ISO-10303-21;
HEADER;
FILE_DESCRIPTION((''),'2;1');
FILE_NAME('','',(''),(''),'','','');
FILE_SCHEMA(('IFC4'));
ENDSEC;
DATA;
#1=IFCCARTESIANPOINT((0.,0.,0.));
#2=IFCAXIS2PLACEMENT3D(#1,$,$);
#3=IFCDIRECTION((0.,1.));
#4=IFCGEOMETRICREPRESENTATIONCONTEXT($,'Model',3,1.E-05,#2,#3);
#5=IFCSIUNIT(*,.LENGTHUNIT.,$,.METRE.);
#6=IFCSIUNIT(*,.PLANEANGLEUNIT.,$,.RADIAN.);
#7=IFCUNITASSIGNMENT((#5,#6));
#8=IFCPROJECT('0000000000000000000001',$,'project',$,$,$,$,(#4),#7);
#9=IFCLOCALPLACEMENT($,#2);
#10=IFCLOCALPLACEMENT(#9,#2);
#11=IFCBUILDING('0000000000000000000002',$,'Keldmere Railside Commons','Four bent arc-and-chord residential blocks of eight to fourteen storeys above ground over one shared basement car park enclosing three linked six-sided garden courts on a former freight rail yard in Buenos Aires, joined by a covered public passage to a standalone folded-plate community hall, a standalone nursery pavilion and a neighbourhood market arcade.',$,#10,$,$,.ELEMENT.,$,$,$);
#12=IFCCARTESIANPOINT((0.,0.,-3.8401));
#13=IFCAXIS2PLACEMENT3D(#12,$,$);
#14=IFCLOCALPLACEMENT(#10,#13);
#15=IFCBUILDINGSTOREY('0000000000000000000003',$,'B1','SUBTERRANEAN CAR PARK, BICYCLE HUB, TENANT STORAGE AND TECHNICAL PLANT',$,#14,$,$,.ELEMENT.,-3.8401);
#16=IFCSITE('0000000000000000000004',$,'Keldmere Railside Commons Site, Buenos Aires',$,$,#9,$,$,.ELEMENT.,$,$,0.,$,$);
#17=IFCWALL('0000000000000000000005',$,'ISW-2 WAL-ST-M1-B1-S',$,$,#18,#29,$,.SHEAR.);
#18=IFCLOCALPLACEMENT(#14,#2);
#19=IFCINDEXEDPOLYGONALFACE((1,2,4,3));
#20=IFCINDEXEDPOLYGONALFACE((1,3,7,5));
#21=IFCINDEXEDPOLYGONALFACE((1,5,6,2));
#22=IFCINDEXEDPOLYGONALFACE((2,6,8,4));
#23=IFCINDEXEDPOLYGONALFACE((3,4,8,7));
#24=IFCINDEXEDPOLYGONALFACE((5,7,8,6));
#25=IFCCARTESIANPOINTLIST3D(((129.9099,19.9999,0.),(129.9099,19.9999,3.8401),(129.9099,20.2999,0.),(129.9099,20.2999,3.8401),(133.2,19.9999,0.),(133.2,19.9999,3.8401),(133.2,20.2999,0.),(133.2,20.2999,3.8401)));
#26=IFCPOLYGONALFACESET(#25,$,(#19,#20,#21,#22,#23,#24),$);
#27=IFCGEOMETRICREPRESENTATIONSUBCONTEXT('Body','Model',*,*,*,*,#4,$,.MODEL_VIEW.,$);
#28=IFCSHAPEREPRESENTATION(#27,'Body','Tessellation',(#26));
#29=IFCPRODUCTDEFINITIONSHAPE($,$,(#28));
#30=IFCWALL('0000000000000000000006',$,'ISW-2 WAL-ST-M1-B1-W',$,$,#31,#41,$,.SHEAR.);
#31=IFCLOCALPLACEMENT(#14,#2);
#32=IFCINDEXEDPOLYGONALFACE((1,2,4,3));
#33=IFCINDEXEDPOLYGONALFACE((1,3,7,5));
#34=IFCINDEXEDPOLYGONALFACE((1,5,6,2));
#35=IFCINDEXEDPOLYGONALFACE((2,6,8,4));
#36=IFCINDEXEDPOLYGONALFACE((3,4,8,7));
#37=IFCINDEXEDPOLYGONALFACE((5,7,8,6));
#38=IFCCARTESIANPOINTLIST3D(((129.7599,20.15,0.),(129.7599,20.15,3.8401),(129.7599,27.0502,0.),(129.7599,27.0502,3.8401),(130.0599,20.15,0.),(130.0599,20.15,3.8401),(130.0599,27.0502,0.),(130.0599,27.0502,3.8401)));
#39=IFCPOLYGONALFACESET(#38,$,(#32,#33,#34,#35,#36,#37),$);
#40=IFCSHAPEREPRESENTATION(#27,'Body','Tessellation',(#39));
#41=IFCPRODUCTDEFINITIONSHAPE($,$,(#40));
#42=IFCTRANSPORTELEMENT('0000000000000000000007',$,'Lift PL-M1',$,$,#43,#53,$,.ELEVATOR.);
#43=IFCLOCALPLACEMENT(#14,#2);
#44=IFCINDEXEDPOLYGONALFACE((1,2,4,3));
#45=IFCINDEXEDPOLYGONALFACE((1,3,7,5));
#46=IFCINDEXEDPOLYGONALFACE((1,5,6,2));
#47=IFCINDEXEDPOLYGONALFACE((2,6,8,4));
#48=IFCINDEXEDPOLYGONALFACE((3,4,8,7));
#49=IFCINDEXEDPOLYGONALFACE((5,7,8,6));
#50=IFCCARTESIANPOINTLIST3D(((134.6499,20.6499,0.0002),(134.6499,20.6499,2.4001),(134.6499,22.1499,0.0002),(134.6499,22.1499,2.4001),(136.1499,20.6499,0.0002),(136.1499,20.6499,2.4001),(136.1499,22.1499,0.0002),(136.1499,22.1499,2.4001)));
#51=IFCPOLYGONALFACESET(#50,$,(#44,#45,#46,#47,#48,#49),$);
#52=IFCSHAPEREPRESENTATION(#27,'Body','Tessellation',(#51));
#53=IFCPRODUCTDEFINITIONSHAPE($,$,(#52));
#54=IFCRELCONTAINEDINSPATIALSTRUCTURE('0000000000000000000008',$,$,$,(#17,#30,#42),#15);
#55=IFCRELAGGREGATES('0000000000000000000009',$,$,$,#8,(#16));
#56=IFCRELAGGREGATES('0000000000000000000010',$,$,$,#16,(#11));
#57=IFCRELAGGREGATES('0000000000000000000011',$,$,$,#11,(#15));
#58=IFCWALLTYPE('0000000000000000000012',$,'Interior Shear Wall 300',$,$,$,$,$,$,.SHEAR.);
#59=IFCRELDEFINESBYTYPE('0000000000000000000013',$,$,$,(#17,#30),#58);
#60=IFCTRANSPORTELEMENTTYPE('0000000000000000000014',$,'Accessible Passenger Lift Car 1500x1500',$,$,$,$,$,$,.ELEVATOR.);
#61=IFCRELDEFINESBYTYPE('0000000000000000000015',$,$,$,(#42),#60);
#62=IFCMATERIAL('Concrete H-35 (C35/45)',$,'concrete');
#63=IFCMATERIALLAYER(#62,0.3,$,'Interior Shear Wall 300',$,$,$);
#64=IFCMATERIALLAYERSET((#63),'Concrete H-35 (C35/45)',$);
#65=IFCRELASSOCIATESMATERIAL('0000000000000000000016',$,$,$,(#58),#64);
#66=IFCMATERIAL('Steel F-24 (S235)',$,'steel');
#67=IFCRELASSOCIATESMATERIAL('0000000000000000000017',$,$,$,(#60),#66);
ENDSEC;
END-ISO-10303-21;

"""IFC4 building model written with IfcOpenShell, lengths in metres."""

from ifc_helpers import new_model, si_unit, direction, frame, frame_2d, origin, origin_2d, place, context, subcontext, project, spatial, rectangle, extrude, material, layer, layer_set, type_object, element, save


model = new_model("IFC4")

# Units and contexts
model_context = context("Model", 3, precision=1e-05, world=origin(), true_north=direction((0.0, 1.0)))
body_context = subcontext(model_context, "Body", "Model", "MODEL_VIEW")
ifc_project = project(units=[si_unit("LENGTHUNIT", "METRE"), si_unit("PLANEANGLEUNIT", "RADIAN")], contexts=[model_context])

# Site, building, storey
site_placement = place(None, origin())
site = spatial("IfcSite", under=ifc_project, at=site_placement, Name="Keldmere Railside Commons Site, Buenos Aires", CompositionType="ELEMENT", RefElevation=0.0)
building_placement = place(site_placement, origin())
building = spatial("IfcBuilding", under=site, at=building_placement, Name="Keldmere Railside Commons", Description="Four bent arc-and-chord residential blocks of eight to fourteen storeys above ground over one shared basement car park enclosing three linked six-sided garden courts on a former freight rail yard in Buenos Aires, joined by a covered public passage to a standalone folded-plate community hall, a standalone nursery pavilion and a neighbourhood market arcade.", CompositionType="ELEMENT")
storey_placement = place(building_placement, frame((0.0, 0.0, -3.8401)))
storey = spatial("IfcBuildingStorey", under=building, at=storey_placement, Name="B1", Description="SUBTERRANEAN CAR PARK, BICYCLE HUB, TENANT STORAGE AND TECHNICAL PLANT", CompositionType="ELEMENT", Elevation=-3.8401)

# Shared definitions
ifc_material_1 = material(Name="Concrete H-35 (C35/45)", Category="concrete")

# Shared definitions
ifc_material_2 = material(Name="Steel F-24 (S235)", Category="steel")

# Walls
ifc_layer_1 = layer(ifc_material_1, 0.3, Name="Interior Shear Wall 300")
ifc_layer_set_1 = layer_set([ifc_layer_1], Name="Concrete H-35 (C35/45)")
wall_type_1 = type_object("IfcWallType", Name="Interior Shear Wall 300", PredefinedType="SHEAR", material=ifc_layer_set_1)
wall_1_placement = place(storey_placement, frame((133.2, 20.1499, 0.0), z_axis=(0.0, 0.0, 1.0), x_axis=(-1.0, 0.0, 0.0)))
element("IfcWall", 1, at=wall_1_placement, inside=storey, type_object=wall_type_1, Name="ISW-2 WAL-ST-M1-B1-S", PredefinedType="SHEAR", context=body_context, shape_type="SweptSolid", body=[
    extrude(rectangle(XDim=3.29, YDim=0.3, at=frame_2d((1.645, 0.0))), origin(), (0.0, 0.0, 1.0), 3.8401),
])
wall_2_placement = place(storey_placement, frame((129.9099, 20.1499, 0.0), z_axis=(0.0, 0.0, 1.0), x_axis=(0.0, 1.0, 0.0)))
element("IfcWall", 2, at=wall_2_placement, inside=storey, type_object=wall_type_1, Name="ISW-2 WAL-ST-M1-B1-W", PredefinedType="SHEAR", context=body_context, shape_type="SweptSolid", body=[
    extrude(rectangle(XDim=6.9001, YDim=0.3, at=frame_2d((3.4502, 0.0))), origin(), (0.0, 0.0, 1.0), 3.8401),
])

# Transport element
transport_element_type = type_object("IfcTransportElementType", Name="Accessible Passenger Lift Car 1500x1500", PredefinedType="ELEVATOR", material=ifc_material_2)
transport_element_placement = place(storey_placement, frame((135.3999, 21.3999, 0.0002), z_axis=(0.0, 0.0, 1.0), x_axis=(1.0, 0.0, 0.0)))
element("IfcTransportElement", 3, at=transport_element_placement, inside=storey, type_object=transport_element_type, Name="Lift PL-M1", PredefinedType="ELEVATOR", context=body_context, shape_type="SweptSolid", body=[
    extrude(rectangle(XDim=1.5, YDim=1.5, at=origin_2d()), origin(), (0.0, 0.0, 1.0), 2.3999),
])

save(model, "model.ifc")
